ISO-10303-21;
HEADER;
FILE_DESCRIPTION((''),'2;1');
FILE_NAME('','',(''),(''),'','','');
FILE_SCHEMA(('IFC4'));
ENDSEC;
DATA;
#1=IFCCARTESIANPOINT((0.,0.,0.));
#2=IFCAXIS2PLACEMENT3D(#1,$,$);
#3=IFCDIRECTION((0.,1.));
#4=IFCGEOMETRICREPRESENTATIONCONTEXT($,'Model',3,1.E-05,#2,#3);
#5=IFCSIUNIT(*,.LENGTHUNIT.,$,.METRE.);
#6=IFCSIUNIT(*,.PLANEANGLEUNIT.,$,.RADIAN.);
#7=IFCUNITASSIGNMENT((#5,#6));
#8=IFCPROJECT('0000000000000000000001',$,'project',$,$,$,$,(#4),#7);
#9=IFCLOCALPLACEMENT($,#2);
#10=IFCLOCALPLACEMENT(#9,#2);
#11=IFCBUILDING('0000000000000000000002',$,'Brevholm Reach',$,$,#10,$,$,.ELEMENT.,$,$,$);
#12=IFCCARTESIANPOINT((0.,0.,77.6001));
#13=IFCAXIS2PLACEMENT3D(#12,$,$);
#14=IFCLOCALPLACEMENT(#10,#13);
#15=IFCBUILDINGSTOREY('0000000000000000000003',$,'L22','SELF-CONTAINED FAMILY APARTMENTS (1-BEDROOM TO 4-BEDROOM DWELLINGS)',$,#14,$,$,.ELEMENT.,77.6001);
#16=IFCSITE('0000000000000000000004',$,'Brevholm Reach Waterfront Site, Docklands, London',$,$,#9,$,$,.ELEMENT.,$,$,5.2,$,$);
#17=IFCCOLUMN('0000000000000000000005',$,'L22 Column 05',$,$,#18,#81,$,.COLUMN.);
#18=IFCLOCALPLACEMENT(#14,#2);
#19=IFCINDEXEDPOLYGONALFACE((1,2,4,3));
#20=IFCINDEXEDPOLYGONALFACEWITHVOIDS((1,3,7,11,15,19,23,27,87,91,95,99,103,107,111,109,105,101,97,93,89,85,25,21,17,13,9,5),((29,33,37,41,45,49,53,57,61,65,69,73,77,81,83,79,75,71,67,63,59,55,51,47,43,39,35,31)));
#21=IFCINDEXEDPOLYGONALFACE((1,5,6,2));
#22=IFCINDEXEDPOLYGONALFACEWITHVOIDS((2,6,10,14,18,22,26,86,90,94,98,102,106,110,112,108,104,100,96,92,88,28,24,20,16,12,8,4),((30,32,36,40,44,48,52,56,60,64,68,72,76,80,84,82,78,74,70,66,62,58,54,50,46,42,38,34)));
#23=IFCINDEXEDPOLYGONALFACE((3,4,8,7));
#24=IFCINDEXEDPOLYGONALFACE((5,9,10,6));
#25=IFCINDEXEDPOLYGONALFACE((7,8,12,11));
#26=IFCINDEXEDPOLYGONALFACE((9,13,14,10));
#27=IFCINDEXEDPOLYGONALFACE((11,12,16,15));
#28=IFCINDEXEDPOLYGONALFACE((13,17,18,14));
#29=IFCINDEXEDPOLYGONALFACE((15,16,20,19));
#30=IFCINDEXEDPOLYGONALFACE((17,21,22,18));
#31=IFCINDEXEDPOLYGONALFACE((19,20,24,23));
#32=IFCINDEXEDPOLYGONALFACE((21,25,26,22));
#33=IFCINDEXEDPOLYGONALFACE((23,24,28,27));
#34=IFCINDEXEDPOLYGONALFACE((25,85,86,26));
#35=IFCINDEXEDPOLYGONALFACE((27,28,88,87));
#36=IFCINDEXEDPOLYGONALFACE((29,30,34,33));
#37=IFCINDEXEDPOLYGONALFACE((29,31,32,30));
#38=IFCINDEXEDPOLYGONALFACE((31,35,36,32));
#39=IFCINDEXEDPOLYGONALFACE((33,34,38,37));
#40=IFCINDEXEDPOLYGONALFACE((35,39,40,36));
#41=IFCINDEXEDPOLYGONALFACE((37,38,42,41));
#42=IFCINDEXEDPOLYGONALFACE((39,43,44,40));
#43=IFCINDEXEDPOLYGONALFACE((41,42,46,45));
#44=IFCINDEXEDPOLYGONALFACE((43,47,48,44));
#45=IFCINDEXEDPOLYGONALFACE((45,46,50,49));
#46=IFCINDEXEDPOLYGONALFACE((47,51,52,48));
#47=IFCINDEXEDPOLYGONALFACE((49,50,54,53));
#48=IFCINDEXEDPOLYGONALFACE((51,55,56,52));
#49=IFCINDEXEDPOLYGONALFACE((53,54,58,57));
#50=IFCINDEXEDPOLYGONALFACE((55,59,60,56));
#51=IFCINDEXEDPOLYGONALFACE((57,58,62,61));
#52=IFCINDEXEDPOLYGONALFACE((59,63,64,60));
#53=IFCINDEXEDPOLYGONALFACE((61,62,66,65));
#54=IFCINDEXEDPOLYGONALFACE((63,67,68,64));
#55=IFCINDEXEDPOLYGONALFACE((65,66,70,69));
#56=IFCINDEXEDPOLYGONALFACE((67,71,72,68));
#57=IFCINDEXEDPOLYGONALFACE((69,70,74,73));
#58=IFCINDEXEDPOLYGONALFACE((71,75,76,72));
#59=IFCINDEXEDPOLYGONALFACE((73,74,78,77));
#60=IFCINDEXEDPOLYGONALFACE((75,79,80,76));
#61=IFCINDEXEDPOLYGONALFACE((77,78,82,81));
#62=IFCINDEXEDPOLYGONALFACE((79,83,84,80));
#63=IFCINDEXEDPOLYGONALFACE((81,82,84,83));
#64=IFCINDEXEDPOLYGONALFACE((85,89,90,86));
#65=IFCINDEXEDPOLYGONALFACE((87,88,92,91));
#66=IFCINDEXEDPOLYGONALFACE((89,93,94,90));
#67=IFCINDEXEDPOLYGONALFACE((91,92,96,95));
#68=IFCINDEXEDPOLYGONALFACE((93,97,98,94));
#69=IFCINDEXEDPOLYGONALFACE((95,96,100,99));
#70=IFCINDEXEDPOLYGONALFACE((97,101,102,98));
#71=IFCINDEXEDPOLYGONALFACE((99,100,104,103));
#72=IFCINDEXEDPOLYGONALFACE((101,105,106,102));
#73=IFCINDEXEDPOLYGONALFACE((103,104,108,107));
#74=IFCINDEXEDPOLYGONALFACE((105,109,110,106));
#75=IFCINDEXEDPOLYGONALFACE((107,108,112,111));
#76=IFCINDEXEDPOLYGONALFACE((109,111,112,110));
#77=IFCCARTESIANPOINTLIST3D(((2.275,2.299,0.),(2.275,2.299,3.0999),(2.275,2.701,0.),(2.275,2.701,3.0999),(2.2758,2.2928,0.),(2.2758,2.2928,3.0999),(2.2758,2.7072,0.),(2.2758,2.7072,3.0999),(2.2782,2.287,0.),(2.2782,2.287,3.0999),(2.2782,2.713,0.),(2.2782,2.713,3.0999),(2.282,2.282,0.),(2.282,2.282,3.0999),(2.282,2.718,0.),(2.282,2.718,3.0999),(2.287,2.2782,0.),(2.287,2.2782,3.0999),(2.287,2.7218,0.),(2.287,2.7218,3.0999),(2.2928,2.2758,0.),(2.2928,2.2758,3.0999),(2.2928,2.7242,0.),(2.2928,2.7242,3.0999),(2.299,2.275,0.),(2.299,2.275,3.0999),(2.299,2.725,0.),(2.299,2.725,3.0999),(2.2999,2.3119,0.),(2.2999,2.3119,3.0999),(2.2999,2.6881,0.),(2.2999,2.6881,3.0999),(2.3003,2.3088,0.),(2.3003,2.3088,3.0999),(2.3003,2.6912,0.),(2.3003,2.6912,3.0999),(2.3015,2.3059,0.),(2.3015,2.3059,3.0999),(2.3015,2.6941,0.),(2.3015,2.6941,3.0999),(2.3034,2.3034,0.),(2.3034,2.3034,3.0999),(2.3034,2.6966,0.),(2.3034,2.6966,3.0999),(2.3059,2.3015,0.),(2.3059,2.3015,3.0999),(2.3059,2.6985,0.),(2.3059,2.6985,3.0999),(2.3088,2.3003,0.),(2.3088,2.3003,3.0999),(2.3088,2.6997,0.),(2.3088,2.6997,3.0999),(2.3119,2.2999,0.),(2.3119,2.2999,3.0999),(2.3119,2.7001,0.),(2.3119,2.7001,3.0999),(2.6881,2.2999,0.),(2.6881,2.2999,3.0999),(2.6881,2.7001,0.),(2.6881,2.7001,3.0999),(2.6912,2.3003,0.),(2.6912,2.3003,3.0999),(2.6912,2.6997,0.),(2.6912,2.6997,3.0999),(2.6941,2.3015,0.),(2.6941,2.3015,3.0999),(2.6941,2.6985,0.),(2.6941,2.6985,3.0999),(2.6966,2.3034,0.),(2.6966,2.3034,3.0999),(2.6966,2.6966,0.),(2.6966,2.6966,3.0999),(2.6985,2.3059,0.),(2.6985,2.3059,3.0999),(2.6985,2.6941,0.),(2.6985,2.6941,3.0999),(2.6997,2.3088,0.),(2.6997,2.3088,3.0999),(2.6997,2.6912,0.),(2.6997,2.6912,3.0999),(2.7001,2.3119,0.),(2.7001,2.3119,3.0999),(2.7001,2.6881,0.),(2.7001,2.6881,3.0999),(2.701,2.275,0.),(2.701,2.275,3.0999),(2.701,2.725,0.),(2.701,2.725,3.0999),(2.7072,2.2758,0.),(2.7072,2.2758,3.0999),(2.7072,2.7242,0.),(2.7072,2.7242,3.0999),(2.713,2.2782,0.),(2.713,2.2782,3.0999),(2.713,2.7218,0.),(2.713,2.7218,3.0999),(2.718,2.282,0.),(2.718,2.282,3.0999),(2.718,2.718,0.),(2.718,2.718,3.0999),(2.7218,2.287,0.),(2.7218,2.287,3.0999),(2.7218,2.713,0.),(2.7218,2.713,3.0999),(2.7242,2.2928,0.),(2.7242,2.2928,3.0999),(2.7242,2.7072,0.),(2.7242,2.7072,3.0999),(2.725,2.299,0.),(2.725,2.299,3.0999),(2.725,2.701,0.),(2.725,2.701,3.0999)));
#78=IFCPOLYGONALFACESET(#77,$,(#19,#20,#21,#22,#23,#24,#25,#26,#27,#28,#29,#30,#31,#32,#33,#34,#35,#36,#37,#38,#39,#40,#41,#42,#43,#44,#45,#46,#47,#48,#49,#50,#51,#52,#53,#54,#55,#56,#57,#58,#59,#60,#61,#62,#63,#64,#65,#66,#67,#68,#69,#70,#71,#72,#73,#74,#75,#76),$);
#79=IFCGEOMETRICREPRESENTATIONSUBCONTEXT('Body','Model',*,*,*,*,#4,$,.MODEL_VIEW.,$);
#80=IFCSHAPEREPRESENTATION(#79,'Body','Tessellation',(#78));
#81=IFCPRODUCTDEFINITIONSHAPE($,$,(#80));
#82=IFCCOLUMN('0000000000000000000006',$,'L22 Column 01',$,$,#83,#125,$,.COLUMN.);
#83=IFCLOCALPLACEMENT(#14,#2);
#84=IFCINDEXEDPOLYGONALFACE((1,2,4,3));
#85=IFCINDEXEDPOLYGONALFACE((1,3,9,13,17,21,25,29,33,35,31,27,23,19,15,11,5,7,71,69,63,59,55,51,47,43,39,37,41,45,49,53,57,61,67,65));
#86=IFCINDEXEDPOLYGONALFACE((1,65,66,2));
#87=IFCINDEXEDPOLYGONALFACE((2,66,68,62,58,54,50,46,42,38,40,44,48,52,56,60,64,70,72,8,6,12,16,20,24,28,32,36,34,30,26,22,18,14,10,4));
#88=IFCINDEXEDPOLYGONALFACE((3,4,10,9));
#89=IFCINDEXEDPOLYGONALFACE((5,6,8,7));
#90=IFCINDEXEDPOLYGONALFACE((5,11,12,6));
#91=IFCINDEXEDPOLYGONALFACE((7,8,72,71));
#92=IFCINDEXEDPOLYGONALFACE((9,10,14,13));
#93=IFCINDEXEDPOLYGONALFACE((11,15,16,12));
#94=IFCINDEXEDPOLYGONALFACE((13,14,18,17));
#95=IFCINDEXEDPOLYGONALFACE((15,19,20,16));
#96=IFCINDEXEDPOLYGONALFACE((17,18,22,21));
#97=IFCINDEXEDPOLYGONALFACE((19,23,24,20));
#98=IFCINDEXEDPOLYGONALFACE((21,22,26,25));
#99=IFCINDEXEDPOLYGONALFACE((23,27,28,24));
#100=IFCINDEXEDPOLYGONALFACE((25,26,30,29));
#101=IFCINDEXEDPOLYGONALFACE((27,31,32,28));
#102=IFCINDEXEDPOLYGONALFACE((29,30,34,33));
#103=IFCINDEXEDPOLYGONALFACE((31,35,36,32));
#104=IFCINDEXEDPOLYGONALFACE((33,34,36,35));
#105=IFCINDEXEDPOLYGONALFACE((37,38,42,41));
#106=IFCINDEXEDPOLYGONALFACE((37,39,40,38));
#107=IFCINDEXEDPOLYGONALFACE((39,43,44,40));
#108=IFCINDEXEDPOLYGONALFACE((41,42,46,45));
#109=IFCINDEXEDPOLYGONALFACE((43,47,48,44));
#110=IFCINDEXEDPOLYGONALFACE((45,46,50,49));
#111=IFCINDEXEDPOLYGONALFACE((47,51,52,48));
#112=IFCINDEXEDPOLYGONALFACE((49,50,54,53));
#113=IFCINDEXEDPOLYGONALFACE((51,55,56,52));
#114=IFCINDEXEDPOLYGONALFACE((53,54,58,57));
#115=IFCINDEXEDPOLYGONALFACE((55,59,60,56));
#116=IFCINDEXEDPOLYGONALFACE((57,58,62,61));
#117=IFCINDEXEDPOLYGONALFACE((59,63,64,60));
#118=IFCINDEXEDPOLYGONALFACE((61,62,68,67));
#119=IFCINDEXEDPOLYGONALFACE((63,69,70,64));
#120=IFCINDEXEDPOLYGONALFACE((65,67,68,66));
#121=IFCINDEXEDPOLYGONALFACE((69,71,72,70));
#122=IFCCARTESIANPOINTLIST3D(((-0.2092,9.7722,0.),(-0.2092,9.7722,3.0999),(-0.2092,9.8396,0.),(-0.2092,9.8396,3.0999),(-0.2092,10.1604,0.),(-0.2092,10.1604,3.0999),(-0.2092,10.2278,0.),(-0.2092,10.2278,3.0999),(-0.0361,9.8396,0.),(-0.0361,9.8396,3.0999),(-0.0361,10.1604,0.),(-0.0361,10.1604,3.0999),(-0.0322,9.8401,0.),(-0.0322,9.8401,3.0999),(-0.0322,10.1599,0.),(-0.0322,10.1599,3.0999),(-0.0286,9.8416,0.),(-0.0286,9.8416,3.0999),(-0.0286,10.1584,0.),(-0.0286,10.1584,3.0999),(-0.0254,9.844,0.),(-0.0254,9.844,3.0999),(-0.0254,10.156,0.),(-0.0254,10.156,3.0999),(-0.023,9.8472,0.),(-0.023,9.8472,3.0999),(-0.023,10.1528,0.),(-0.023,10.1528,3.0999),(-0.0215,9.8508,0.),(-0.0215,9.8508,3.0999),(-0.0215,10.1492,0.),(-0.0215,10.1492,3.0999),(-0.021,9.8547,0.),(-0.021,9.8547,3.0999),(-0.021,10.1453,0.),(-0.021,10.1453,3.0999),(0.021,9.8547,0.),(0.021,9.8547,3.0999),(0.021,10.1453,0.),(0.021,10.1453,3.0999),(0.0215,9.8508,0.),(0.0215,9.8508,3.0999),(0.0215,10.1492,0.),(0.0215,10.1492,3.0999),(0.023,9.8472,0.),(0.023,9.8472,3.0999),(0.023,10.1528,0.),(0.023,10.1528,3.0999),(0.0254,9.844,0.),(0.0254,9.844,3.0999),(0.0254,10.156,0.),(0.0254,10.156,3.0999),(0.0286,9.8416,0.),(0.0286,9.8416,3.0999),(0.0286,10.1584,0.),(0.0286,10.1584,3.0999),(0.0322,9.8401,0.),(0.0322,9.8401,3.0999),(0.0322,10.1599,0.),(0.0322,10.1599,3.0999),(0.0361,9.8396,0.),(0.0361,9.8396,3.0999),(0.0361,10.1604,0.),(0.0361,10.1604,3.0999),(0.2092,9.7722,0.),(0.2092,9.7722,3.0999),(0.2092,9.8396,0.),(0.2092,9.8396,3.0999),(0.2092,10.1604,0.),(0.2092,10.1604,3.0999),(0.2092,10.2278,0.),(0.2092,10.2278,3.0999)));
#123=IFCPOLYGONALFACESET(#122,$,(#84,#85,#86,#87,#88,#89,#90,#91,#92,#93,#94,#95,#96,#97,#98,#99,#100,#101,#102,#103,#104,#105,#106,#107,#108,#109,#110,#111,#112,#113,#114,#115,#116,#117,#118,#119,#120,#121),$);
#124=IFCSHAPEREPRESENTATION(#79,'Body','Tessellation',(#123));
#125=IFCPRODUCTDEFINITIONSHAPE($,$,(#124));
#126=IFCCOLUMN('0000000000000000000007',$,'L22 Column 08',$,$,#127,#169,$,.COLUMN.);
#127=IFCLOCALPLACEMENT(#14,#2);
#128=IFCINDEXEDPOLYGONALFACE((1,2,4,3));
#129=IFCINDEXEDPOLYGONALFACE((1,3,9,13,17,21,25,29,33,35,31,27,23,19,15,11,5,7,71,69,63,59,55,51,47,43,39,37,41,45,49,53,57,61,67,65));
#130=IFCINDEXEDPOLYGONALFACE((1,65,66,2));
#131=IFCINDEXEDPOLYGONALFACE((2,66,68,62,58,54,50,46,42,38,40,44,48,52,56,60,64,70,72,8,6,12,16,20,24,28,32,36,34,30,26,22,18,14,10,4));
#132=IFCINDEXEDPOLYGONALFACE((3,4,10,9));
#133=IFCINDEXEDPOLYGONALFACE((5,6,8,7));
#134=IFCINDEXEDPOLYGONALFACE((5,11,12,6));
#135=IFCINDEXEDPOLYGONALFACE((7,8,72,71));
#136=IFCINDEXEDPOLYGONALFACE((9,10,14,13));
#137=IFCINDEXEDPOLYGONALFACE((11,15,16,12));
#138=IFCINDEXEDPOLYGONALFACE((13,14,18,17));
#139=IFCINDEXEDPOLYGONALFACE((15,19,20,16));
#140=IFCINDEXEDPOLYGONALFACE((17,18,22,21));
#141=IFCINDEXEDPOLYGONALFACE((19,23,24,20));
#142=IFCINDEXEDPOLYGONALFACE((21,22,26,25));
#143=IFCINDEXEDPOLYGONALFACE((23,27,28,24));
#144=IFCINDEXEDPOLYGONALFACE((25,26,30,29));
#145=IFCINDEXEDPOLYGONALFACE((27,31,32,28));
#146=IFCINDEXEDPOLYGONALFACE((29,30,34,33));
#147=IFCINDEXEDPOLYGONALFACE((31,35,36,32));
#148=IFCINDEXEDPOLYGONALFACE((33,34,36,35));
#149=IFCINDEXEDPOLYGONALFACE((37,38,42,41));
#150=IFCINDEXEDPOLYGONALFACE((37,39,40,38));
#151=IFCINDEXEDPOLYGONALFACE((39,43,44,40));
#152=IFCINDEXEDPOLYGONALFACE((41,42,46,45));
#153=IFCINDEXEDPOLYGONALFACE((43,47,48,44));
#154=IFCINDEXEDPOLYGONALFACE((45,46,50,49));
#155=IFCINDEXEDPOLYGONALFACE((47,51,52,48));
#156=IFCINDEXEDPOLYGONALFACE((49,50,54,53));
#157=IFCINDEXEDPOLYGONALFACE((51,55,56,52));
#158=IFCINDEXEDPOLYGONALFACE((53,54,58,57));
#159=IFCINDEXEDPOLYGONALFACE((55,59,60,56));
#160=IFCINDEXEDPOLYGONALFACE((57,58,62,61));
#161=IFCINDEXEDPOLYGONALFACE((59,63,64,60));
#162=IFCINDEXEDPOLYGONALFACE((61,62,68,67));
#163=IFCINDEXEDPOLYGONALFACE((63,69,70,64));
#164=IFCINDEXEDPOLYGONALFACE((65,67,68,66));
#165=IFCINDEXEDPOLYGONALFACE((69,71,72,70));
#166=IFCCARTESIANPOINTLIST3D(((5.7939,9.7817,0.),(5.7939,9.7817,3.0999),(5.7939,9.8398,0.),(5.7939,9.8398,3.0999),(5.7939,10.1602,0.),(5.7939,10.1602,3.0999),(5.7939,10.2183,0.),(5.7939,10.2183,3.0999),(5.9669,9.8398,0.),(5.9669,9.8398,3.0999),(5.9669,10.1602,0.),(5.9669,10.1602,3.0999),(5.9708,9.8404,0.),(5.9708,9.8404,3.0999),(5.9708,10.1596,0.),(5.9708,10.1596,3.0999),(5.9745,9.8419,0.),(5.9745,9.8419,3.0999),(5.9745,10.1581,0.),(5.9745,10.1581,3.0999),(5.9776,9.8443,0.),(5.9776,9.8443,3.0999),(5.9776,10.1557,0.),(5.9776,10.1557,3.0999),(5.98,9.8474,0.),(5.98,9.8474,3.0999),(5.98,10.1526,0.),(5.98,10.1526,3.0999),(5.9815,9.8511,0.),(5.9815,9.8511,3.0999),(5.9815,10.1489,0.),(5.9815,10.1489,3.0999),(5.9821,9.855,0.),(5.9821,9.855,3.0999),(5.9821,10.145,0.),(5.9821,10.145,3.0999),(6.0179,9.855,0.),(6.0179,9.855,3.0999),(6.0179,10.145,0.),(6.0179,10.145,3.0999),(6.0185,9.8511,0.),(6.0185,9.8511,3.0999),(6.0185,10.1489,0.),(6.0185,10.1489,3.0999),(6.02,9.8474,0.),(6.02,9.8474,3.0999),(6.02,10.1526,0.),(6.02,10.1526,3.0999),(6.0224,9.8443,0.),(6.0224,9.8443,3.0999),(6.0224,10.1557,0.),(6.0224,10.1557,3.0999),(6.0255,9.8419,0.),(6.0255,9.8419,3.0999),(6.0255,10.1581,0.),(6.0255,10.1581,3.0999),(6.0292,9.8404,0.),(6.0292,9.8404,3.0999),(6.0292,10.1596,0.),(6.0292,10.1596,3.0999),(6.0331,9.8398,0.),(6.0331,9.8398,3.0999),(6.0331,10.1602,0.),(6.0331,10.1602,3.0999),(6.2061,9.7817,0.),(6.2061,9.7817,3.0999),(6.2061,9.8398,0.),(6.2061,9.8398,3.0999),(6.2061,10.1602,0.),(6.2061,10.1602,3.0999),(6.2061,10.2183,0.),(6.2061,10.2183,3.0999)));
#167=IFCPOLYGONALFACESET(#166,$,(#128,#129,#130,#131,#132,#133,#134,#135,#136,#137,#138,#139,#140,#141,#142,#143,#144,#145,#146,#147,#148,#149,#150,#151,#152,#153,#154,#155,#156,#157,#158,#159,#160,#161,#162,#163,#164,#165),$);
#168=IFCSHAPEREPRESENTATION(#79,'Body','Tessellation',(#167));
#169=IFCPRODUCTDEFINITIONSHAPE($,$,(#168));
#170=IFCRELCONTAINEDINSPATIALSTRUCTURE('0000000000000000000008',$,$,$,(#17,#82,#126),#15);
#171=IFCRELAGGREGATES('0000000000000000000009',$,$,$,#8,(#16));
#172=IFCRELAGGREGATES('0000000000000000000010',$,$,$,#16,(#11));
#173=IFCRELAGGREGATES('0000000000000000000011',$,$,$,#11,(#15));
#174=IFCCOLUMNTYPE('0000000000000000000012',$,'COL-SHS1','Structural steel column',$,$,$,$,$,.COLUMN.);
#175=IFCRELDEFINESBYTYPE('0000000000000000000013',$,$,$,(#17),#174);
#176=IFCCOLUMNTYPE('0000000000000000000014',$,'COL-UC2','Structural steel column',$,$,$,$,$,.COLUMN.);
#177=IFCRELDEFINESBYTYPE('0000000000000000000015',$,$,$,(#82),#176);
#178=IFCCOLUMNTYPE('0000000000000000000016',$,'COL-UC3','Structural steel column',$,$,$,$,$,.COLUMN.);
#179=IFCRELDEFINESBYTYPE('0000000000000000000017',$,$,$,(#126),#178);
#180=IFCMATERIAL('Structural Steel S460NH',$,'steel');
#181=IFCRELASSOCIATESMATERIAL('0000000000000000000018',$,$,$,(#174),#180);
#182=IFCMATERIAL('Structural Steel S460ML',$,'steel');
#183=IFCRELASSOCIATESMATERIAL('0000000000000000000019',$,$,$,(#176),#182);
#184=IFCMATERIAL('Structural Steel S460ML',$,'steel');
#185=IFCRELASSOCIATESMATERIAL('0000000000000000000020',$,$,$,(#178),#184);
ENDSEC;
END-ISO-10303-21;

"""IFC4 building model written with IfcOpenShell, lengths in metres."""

from ifc_helpers import new_model, si_unit, direction, frame, origin, origin_2d, place, context, subcontext, project, spatial, hollow_rectangle, i_section, extrude, material, material_profile, profile_set, type_object, element, save


model = new_model("IFC4")

# Units and contexts
model_context = context("Model", 3, precision=1e-05, world=origin(), true_north=direction((0.0, 1.0)))
body_context = subcontext(model_context, "Body", "Model", "MODEL_VIEW")
ifc_project = project(units=[si_unit("LENGTHUNIT", "METRE"), si_unit("PLANEANGLEUNIT", "RADIAN")], contexts=[model_context])

# Site, building, storey
site_placement = place(None, origin())
site = spatial("IfcSite", under=ifc_project, at=site_placement, Name="Brevholm Reach Waterfront Site, Docklands, London", CompositionType="ELEMENT", RefElevation=5.2)
building_placement = place(site_placement, origin())
building = spatial("IfcBuilding", under=site, at=building_placement, Name="Brevholm Reach", CompositionType="ELEMENT")
storey_placement = place(building_placement, frame((0.0, 0.0, 77.6001)))
storey = spatial("IfcBuildingStorey", under=building, at=storey_placement, Name="L22", Description="SELF-CONTAINED FAMILY APARTMENTS (1-BEDROOM TO 4-BEDROOM DWELLINGS)", CompositionType="ELEMENT", Elevation=77.6001)

# Columns
ifc_material_1 = material(Name="Structural Steel S460NH", Category="steel")
ifc_material_profile_1 = material_profile(ifc_material_1, hollow_rectangle(XDim=0.45, YDim=0.45, WallThickness=0.0249, InnerFilletRadius=0.012, OuterFilletRadius=0.0239, at=origin_2d()), Name="SHS 450x450x25")
ifc_profile_set_1 = profile_set([ifc_material_profile_1], Name="Structural Steel S460NH")
column_type_1 = type_object("IfcColumnType", Name="COL-SHS1", Description="Structural steel column", PredefinedType="COLUMN", material=ifc_profile_set_1)
column_1_placement = place(storey_placement, frame((2.5, 2.5, 0.0), z_axis=(0.0, 0.0, 1.0), x_axis=(1.0, 0.0, 0.0)))
element("IfcColumn", 1, at=column_1_placement, inside=storey, type_object=column_type_1, Name="L22 Column 05", PredefinedType="COLUMN", context=body_context, shape_type="SweptSolid", body=[
    extrude(hollow_rectangle(XDim=0.45, YDim=0.45, WallThickness=0.0249, InnerFilletRadius=0.012, OuterFilletRadius=0.0239, at=origin_2d()), origin(), (0.0, 0.0, 1.0), 3.0999),
])
ifc_material_2 = material(Name="Structural Steel S460ML", Category="steel")
ifc_material_profile_2 = material_profile(ifc_material_2, i_section(OverallWidth=0.4185, OverallDepth=0.4556, WebThickness=0.042, FlangeThickness=0.0674, FilletRadius=0.0151, at=origin_2d()), Name="UKC 356x406x551")
ifc_profile_set_2 = profile_set([ifc_material_profile_2], Name="Structural Steel S460ML")
column_type_2 = type_object("IfcColumnType", Name="COL-UC2", Description="Structural steel column", PredefinedType="COLUMN", material=ifc_profile_set_2)
column_2_placement = place(storey_placement, frame((0.0, 10.0, 0.0), z_axis=(0.0, 0.0, 1.0), x_axis=(1.0, 0.0, 0.0)))
element("IfcColumn", 2, at=column_2_placement, inside=storey, type_object=column_type_2, Name="L22 Column 01", PredefinedType="COLUMN", context=body_context, shape_type="SweptSolid", body=[
    extrude(i_section(OverallWidth=0.4185, OverallDepth=0.4556, WebThickness=0.042, FlangeThickness=0.0674, FilletRadius=0.0151, at=origin_2d()), origin(), (0.0, 0.0, 1.0), 3.0999),
])
ifc_material_3 = material(Name="Structural Steel S460ML", Category="steel")
ifc_material_profile_3 = material_profile(ifc_material_3, i_section(OverallWidth=0.4121, OverallDepth=0.4365, WebThickness=0.0359, FlangeThickness=0.0581, FilletRadius=0.0151, at=origin_2d()), Name="UKC 356x406x467")
ifc_profile_set_3 = profile_set([ifc_material_profile_3], Name="Structural Steel S460ML")
column_type_3 = type_object("IfcColumnType", Name="COL-UC3", Description="Structural steel column", PredefinedType="COLUMN", material=ifc_profile_set_3)
column_3_placement = place(storey_placement, frame((6.0, 10.0, 0.0), z_axis=(0.0, 0.0, 1.0), x_axis=(1.0, 0.0, 0.0)))
element("IfcColumn", 3, at=column_3_placement, inside=storey, type_object=column_type_3, Name="L22 Column 08", PredefinedType="COLUMN", context=body_context, shape_type="SweptSolid", body=[
    extrude(i_section(OverallWidth=0.4121, OverallDepth=0.4365, WebThickness=0.0359, FlangeThickness=0.0581, FilletRadius=0.0151, at=origin_2d()), origin(), (0.0, 0.0, 1.0), 3.0999),
])

save(model, "model.ifc")
